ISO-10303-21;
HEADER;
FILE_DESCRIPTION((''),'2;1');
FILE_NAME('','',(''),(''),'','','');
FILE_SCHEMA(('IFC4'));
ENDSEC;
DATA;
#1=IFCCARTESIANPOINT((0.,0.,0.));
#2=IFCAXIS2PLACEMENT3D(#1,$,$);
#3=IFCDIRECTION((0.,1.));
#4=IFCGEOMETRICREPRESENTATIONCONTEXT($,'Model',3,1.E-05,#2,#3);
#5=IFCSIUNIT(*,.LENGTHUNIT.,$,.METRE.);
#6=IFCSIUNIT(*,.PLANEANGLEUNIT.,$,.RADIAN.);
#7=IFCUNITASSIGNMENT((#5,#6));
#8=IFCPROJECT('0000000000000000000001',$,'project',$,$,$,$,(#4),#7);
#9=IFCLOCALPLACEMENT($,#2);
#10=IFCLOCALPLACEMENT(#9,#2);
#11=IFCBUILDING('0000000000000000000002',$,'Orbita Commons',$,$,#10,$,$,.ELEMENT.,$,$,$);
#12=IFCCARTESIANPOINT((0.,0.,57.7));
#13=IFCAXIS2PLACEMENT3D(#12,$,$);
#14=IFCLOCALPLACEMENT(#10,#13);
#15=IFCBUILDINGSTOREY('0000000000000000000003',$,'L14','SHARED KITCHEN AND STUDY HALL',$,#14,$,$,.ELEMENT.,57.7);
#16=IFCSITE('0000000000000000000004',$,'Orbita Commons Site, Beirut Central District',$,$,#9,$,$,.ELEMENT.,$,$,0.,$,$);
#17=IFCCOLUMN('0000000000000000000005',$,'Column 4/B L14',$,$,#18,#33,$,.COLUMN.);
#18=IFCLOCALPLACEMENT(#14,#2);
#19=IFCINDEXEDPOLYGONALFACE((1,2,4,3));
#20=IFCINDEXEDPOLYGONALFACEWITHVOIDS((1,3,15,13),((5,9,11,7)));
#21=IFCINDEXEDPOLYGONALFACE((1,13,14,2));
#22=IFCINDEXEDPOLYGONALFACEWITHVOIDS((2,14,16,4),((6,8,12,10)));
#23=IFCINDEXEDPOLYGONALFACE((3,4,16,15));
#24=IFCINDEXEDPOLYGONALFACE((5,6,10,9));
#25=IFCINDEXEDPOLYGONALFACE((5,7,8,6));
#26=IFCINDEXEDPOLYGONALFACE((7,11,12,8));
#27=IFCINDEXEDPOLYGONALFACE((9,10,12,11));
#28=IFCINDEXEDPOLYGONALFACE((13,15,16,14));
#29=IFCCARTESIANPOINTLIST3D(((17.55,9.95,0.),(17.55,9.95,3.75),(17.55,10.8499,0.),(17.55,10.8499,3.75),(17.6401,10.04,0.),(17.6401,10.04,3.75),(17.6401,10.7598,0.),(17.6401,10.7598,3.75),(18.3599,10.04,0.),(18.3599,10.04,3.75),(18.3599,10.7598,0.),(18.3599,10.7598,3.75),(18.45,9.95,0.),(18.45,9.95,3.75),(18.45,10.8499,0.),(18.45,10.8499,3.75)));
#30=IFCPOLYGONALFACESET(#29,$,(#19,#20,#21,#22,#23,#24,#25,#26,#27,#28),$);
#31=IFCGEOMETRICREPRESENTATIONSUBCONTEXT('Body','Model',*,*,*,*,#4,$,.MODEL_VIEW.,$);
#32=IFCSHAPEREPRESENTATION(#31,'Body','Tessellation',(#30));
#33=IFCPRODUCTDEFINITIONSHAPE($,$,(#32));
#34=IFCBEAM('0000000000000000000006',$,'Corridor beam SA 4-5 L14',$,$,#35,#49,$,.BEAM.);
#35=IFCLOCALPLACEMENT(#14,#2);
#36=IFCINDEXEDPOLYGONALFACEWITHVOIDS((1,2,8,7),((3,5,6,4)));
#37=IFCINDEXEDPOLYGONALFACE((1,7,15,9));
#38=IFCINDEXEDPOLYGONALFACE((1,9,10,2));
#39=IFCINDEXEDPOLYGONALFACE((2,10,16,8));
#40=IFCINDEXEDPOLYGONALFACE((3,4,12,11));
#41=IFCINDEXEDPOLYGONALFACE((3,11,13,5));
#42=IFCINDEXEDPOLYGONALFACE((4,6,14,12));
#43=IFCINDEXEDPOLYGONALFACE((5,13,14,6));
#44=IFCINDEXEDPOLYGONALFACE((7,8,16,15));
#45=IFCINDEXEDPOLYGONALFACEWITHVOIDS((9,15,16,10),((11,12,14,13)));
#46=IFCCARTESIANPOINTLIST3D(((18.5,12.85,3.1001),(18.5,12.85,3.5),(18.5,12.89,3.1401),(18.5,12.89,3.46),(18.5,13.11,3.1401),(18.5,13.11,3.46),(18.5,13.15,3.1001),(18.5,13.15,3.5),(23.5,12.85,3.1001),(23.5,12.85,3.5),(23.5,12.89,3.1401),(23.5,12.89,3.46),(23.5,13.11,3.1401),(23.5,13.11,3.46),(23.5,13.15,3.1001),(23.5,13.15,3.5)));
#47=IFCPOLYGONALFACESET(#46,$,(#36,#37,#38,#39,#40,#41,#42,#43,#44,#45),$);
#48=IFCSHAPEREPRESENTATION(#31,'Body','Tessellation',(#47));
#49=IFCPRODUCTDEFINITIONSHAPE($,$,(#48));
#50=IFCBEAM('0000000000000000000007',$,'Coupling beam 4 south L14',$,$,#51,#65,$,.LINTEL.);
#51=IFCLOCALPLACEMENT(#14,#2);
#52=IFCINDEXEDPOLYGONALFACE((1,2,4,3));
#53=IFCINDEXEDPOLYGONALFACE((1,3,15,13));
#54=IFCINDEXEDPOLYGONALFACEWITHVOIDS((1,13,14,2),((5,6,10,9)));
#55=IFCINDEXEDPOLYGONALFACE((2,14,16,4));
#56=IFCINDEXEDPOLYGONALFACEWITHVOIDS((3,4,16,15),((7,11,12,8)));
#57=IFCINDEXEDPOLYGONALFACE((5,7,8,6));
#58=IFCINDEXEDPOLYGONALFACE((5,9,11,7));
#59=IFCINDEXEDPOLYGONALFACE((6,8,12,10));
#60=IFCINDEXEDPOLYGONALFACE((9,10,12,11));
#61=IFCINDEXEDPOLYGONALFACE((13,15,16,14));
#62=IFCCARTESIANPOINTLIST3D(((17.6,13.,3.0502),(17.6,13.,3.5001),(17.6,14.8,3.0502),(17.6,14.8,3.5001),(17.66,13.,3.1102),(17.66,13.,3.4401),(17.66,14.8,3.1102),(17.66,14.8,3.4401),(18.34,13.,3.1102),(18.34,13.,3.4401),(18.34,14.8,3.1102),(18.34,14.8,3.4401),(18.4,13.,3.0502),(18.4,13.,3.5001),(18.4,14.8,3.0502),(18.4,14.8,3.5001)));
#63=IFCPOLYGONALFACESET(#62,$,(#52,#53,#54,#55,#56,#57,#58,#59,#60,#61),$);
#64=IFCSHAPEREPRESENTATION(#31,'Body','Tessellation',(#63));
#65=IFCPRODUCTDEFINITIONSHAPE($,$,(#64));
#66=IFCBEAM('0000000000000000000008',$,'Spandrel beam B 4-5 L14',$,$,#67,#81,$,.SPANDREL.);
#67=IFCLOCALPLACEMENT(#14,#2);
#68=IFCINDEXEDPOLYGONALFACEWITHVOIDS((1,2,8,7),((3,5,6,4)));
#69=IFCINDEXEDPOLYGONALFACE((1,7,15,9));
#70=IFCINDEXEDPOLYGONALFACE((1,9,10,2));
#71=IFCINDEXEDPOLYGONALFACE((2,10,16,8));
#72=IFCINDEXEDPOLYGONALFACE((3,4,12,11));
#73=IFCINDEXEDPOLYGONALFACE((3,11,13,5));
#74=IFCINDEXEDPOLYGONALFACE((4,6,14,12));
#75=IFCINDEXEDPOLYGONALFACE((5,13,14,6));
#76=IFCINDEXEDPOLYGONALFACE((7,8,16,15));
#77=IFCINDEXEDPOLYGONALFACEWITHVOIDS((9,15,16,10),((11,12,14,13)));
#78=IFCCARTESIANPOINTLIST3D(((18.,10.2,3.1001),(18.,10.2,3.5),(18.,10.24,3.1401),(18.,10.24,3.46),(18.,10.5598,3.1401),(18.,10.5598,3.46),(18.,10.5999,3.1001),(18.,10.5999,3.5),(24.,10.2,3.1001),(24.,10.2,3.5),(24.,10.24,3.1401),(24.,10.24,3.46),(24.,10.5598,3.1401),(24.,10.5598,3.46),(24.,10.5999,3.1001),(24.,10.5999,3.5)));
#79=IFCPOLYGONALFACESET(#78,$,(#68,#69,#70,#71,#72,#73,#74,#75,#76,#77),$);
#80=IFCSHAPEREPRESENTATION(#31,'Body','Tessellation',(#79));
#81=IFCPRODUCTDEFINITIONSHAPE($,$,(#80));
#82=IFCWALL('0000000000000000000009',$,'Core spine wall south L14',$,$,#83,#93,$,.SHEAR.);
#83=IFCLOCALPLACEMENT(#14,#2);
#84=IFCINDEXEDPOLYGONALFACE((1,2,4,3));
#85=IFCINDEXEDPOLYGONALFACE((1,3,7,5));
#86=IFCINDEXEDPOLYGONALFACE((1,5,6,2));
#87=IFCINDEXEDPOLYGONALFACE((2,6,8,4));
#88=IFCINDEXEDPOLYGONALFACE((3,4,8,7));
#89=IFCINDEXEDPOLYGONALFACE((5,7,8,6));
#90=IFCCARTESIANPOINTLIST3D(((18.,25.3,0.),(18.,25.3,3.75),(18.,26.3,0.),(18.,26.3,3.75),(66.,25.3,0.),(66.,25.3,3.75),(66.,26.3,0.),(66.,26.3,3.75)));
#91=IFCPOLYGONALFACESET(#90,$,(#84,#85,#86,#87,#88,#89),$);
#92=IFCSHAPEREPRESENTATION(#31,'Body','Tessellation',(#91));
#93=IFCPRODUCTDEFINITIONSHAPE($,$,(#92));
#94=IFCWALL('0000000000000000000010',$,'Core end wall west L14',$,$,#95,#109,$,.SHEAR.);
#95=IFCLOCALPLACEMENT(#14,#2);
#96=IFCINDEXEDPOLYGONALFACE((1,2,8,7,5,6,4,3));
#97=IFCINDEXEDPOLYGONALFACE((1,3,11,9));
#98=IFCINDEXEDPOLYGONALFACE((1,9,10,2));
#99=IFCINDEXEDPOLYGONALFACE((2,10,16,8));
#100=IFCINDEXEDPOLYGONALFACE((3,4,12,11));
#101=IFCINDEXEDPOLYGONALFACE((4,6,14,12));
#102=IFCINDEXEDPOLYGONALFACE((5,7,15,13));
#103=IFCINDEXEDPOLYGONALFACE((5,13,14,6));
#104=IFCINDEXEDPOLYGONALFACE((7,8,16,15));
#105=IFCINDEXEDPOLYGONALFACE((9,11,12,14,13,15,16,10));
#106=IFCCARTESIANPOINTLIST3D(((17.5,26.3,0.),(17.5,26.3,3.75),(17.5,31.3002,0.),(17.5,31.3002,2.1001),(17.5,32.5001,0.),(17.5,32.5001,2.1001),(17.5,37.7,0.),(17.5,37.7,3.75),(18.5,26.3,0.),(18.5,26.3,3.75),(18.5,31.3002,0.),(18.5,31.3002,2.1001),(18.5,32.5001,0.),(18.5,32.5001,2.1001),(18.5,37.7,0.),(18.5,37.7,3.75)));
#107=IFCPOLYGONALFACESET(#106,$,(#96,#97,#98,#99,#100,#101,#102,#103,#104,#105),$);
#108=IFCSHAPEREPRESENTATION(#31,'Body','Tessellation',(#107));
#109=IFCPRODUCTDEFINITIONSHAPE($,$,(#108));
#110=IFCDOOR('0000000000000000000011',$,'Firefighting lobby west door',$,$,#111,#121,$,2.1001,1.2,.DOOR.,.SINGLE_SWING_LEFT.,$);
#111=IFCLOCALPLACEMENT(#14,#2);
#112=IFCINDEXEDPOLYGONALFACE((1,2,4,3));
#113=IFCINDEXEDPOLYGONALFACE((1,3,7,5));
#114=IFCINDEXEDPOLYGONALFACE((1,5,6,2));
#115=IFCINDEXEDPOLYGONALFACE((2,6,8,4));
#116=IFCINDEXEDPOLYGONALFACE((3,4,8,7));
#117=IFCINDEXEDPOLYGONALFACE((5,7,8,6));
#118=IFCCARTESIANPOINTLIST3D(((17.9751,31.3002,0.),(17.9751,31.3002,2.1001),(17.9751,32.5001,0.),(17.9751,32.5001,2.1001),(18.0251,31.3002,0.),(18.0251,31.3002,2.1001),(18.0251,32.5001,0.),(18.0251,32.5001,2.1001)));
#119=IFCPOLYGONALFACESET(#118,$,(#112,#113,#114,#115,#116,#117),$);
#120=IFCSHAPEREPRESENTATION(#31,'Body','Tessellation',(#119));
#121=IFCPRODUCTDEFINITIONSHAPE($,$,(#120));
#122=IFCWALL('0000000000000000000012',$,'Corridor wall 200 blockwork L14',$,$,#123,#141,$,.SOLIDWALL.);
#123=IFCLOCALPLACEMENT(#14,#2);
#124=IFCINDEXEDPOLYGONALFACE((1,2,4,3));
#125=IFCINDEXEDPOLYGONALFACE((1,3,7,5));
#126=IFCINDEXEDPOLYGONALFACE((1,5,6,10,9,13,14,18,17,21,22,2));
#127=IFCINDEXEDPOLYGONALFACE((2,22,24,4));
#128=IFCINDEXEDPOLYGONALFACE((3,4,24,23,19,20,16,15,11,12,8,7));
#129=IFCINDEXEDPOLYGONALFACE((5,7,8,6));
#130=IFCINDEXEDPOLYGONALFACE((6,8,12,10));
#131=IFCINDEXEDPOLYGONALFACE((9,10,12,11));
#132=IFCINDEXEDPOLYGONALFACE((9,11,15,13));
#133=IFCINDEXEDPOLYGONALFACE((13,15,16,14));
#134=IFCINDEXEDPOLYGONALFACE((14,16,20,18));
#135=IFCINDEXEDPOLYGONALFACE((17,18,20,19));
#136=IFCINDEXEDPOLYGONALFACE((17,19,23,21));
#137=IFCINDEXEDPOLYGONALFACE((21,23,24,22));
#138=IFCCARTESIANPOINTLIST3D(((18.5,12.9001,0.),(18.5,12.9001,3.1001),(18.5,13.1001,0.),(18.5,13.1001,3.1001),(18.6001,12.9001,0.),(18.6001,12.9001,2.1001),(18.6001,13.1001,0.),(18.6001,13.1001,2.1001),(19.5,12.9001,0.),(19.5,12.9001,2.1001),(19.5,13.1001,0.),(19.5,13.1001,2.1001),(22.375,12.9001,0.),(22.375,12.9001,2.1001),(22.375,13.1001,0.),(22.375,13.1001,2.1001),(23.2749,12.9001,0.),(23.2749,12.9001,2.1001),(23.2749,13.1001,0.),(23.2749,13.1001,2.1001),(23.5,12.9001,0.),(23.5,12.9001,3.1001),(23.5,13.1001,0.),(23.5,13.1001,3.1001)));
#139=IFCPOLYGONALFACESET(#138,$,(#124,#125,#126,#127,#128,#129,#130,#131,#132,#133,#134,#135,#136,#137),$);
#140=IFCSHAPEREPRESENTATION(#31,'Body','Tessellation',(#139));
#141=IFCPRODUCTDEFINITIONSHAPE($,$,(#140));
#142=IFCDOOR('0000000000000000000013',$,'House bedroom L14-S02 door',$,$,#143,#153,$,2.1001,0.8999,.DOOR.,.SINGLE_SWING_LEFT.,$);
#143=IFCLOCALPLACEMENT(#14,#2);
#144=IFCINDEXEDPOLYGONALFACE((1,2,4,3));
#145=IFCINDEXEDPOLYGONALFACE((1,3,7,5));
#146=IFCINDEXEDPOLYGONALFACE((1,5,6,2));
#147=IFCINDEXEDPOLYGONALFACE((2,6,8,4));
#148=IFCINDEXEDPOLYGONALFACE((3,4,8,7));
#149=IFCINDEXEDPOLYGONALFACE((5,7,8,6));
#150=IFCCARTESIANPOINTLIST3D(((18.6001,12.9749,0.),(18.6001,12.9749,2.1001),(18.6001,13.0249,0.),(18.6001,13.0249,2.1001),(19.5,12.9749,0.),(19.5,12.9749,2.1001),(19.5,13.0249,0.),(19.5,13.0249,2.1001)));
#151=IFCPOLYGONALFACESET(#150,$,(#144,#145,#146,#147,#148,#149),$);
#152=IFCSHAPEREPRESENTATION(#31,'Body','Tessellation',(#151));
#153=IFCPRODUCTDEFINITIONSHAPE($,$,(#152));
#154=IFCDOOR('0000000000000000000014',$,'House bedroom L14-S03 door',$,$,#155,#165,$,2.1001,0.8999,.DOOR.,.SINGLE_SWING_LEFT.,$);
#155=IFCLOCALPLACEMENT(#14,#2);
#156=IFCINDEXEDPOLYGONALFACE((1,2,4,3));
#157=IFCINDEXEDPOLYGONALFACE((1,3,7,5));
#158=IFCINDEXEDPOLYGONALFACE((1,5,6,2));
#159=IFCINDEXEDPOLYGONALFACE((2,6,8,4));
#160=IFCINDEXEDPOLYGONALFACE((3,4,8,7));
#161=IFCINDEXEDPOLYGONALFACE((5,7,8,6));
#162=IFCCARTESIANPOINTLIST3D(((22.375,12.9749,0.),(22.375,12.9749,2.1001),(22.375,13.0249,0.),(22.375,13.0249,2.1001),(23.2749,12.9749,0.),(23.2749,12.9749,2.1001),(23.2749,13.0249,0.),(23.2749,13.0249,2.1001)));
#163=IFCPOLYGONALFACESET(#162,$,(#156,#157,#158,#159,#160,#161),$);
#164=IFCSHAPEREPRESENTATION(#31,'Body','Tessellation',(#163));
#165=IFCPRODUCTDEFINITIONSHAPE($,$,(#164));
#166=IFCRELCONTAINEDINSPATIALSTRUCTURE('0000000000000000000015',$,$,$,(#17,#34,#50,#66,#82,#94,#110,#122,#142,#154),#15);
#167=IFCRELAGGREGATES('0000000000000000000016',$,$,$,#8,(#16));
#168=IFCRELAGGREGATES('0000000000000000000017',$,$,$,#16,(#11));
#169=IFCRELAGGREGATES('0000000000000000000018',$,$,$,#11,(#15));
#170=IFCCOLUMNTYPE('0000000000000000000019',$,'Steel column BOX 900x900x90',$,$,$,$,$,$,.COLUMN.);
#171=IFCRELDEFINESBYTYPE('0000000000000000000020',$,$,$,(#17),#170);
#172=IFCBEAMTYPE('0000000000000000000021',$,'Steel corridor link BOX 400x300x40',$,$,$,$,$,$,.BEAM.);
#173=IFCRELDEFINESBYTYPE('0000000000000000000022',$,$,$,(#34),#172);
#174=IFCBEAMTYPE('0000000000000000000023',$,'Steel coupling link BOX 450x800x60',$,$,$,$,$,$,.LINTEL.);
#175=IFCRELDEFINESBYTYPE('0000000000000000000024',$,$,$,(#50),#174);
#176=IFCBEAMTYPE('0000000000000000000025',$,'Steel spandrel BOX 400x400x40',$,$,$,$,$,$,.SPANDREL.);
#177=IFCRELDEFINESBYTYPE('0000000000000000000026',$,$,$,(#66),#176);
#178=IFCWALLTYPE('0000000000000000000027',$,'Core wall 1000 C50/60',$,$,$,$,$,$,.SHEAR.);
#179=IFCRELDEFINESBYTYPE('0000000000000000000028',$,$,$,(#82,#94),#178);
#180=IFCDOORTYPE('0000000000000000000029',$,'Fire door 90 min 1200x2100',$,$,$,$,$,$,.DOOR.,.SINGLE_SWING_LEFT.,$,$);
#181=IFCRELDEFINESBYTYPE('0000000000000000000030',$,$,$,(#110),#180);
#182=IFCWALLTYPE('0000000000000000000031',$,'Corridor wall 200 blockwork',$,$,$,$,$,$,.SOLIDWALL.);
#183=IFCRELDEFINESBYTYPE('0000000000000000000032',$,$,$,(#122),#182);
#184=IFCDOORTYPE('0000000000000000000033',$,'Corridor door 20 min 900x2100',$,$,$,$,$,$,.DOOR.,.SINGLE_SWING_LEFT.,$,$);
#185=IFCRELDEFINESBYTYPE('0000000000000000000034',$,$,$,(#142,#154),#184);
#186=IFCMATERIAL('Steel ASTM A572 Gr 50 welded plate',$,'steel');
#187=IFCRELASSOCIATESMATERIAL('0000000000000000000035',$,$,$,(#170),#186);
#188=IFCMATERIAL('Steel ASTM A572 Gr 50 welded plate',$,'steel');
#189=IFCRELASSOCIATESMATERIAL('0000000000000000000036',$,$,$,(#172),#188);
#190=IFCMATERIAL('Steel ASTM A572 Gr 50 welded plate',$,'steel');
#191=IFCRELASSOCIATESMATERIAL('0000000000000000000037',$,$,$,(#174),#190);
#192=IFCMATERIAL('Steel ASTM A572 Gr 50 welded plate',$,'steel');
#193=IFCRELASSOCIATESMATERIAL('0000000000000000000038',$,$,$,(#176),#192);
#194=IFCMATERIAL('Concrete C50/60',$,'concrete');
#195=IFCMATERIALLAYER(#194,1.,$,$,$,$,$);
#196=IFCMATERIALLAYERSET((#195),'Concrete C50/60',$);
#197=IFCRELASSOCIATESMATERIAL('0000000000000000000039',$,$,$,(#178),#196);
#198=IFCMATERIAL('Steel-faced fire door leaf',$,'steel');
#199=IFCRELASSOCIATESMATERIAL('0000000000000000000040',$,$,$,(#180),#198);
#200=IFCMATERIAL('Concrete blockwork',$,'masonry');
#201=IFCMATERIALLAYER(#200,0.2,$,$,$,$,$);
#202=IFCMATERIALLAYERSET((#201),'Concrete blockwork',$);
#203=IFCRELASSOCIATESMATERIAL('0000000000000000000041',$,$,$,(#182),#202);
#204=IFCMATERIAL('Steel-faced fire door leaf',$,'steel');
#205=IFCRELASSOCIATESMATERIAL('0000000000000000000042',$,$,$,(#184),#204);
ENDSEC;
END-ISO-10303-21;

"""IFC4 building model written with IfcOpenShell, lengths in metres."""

from ifc_helpers import new_model, si_unit, direction, frame, frame_2d, origin, origin_2d, place, context, subcontext, project, spatial, polyline, rectangle, hollow_rectangle, outline, extrude, material, layer, layer_set, material_profile, profile_set, type_object, element, fill, save


model = new_model("IFC4")

# Units and contexts
model_context = context("Model", 3, precision=1e-05, world=origin(), true_north=direction((0.0, 1.0)))
body_context = subcontext(model_context, "Body", "Model", "MODEL_VIEW")
ifc_project = project(units=[si_unit("LENGTHUNIT", "METRE"), si_unit("PLANEANGLEUNIT", "RADIAN")], contexts=[model_context])

# Site, building, storey
site_placement = place(None, origin())
site = spatial("IfcSite", under=ifc_project, at=site_placement, Name="Orbita Commons Site, Beirut Central District", CompositionType="ELEMENT", RefElevation=0.0)
building_placement = place(site_placement, origin())
building = spatial("IfcBuilding", under=site, at=building_placement, Name="Orbita Commons", CompositionType="ELEMENT")
storey_placement = place(building_placement, frame((0.0, 0.0, 57.7)))
storey = spatial("IfcBuildingStorey", under=building, at=storey_placement, Name="L14", Description="SHARED KITCHEN AND STUDY HALL", CompositionType="ELEMENT", Elevation=57.7)

# Column
ifc_material_1 = material(Name="Steel ASTM A572 Gr 50 welded plate", Category="steel")
ifc_material_profile_1 = material_profile(ifc_material_1, hollow_rectangle(XDim=0.8999, YDim=0.8999, WallThickness=0.0901, at=origin_2d()), Name="BOX 900x900x90")
ifc_profile_set_1 = profile_set([ifc_material_profile_1], Name="Steel ASTM A572 Gr 50 welded plate")
column_type = type_object("IfcColumnType", Name="Steel column BOX 900x900x90", PredefinedType="COLUMN", material=ifc_profile_set_1)
column_placement = place(storey_placement, frame((18.0, 10.3999, 0.0), z_axis=(0.0, 0.0, 1.0), x_axis=(1.0, 0.0, 0.0)))
element("IfcColumn", 1, at=column_placement, inside=storey, type_object=column_type, Name="Column 4/B L14", PredefinedType="COLUMN", context=body_context, shape_type="SweptSolid", body=[
    extrude(hollow_rectangle(XDim=0.8999, YDim=0.8999, WallThickness=0.0901, at=origin_2d()), origin(), (0.0, 0.0, 1.0), 3.75),
])

# Beams
ifc_material_2 = material(Name="Steel ASTM A572 Gr 50 welded plate", Category="steel")
ifc_material_profile_2 = material_profile(ifc_material_2, hollow_rectangle(XDim=0.3, YDim=0.3999, WallThickness=0.04, at=origin_2d()), Name="BOX 400x300x40")
ifc_profile_set_2 = profile_set([ifc_material_profile_2], Name="Steel ASTM A572 Gr 50 welded plate")
beam_type_1 = type_object("IfcBeamType", Name="Steel corridor link BOX 400x300x40", PredefinedType="BEAM", material=ifc_profile_set_2)
beam_1_placement = place(storey_placement, frame((18.5, 13.0, 3.3), z_axis=(1.0, 0.0, 0.0), x_axis=(0.0, 1.0, 0.0)))
element("IfcBeam", 2, at=beam_1_placement, inside=storey, type_object=beam_type_1, Name="Corridor beam SA 4-5 L14", PredefinedType="BEAM", context=body_context, shape_type="SweptSolid", body=[
    extrude(hollow_rectangle(XDim=0.3, YDim=0.3999, WallThickness=0.04, at=origin_2d()), origin(), (0.0, 0.0, 1.0), 5.0),
])
ifc_material_3 = material(Name="Steel ASTM A572 Gr 50 welded plate", Category="steel")
ifc_material_profile_3 = material_profile(ifc_material_3, hollow_rectangle(XDim=0.8, YDim=0.45, WallThickness=0.0601, at=origin_2d()), Name="BOX 450x800x60")
ifc_profile_set_3 = profile_set([ifc_material_profile_3], Name="Steel ASTM A572 Gr 50 welded plate")
beam_type_2 = type_object("IfcBeamType", Name="Steel coupling link BOX 450x800x60", PredefinedType="LINTEL", material=ifc_profile_set_3)
beam_2_placement = place(storey_placement, frame((18.0, 13.0, 3.2751), z_axis=(0.0, 1.0, 0.0), x_axis=(-1.0, 0.0, 0.0)))
element("IfcBeam", 3, at=beam_2_placement, inside=storey, type_object=beam_type_2, Name="Coupling beam 4 south L14", PredefinedType="LINTEL", context=body_context, shape_type="SweptSolid", body=[
    extrude(hollow_rectangle(XDim=0.8, YDim=0.45, WallThickness=0.0601, at=origin_2d()), origin(), (0.0, 0.0, 1.0), 1.8),
])
ifc_material_4 = material(Name="Steel ASTM A572 Gr 50 welded plate", Category="steel")
ifc_material_profile_4 = material_profile(ifc_material_4, hollow_rectangle(XDim=0.3999, YDim=0.3999, WallThickness=0.04, at=origin_2d()), Name="BOX 400x400x40")
ifc_profile_set_4 = profile_set([ifc_material_profile_4], Name="Steel ASTM A572 Gr 50 welded plate")
beam_type_3 = type_object("IfcBeamType", Name="Steel spandrel BOX 400x400x40", PredefinedType="SPANDREL", material=ifc_profile_set_4)
beam_3_placement = place(storey_placement, frame((18.0, 10.3999, 3.3), z_axis=(1.0, 0.0, 0.0), x_axis=(0.0, 1.0, 0.0)))
element("IfcBeam", 4, at=beam_3_placement, inside=storey, type_object=beam_type_3, Name="Spandrel beam B 4-5 L14", PredefinedType="SPANDREL", context=body_context, shape_type="SweptSolid", body=[
    extrude(hollow_rectangle(XDim=0.3999, YDim=0.3999, WallThickness=0.04, at=origin_2d()), origin(), (0.0, 0.0, 1.0), 6.0),
])

# Wall
ifc_material_5 = material(Name="Concrete C50/60", Category="concrete")
ifc_layer_1 = layer(ifc_material_5, 1.0)
ifc_layer_set_1 = layer_set([ifc_layer_1], Name="Concrete C50/60")
wall_type_1 = type_object("IfcWallType", Name="Core wall 1000 C50/60", PredefinedType="SHEAR", material=ifc_layer_set_1)
wall_1_placement = place(storey_placement, frame((18.0, 25.8, 0.0), z_axis=(0.0, 0.0, 1.0), x_axis=(1.0, 0.0, 0.0)))
element("IfcWall", 5, at=wall_1_placement, inside=storey, type_object=wall_type_1, Name="Core spine wall south L14", PredefinedType="SHEAR", context=body_context, shape_type="SweptSolid", body=[
    extrude(rectangle(XDim=48.0, YDim=1.0, at=frame_2d((24.0, 0.0))), origin(), (0.0, 0.0, 1.0), 3.75),
])

# Wall, opening, door
wall_2_placement = place(storey_placement, frame((18.0, 26.3, 0.0), z_axis=(0.0, 0.0, 1.0), x_axis=(0.0, 1.0, 0.0)))
wall_2 = element("IfcWall", 6, at=wall_2_placement, inside=storey, type_object=wall_type_1, Name="Core end wall west L14", PredefinedType="SHEAR", context=body_context, shape_type="SweptSolid", body=[
    extrude(rectangle(XDim=11.3999, YDim=1.0, at=frame_2d((5.7, 0.0))), origin(), (0.0, 0.0, 1.0), 3.75),
])
opening_1_placement = place(wall_2_placement, frame((5.0, 0.0, 0.0)))
opening_1 = element("IfcOpeningElement", 7, at=opening_1_placement, cuts=wall_2, PredefinedType="OPENING", context=body_context, shape_type="SweptSolid", body=[
    extrude(rectangle(XDim=1.2, YDim=2.1001, at=frame_2d((0.6001, 1.05))), frame((0.0, 0.51, 0.0), z_axis=(0.0, -1.0, 0.0), x_axis=(1.0, 0.0, 0.0)), (0.0, 0.0, 1.0), 1.02),
])
ifc_material_6 = material(Name="Steel-faced fire door leaf", Category="steel")
door_type_1 = type_object("IfcDoorType", Name="Fire door 90 min 1200x2100", OperationType="SINGLE_SWING_LEFT", PredefinedType="DOOR", material=ifc_material_6)
door_1_placement = place(opening_1_placement, origin())
door_1 = element("IfcDoor", 8, at=door_1_placement, inside=storey, type_object=door_type_1, Name="Firefighting lobby west door", OperationType="SINGLE_SWING_LEFT", OverallHeight=2.1001, OverallWidth=1.2, PredefinedType="DOOR", context=body_context, shape_type="SweptSolid", body=[
    extrude(rectangle(XDim=1.2, YDim=2.1001, at=frame_2d((0.6001, 1.05))), frame((0.0, 0.0249, 0.0), z_axis=(0.0, -1.0, 0.0), x_axis=(1.0, 0.0, 0.0)), (0.0, 0.0, 1.0), 0.05),
])
fill(opening_1, door_1)

# Wall, openings, doors
ifc_material_7 = material(Name="Concrete blockwork", Category="masonry")
ifc_layer_2 = layer(ifc_material_7, 0.2)
ifc_layer_set_2 = layer_set([ifc_layer_2], Name="Concrete blockwork")
wall_type_2 = type_object("IfcWallType", Name="Corridor wall 200 blockwork", PredefinedType="SOLIDWALL", material=ifc_layer_set_2)
wall_3_placement = place(storey_placement, frame((18.5, 13.0, 0.0), z_axis=(0.0, 0.0, 1.0), x_axis=(1.0, 0.0, 0.0)))
wall_3 = element("IfcWall", 9, at=wall_3_placement, inside=storey, type_object=wall_type_2, Name="Corridor wall 200 blockwork L14", PredefinedType="SOLIDWALL", context=body_context, shape_type="SweptSolid", body=[
    extrude(outline(polyline([(0.0, 0.0), (5.0, 0.0), (5.0, 3.1001), (0.0, 3.1001), (0.0, 0.0)])), frame((0.0, 0.1001, 0.0), z_axis=(0.0, -1.0, 0.0), x_axis=(1.0, 0.0, 0.0)), (0.0, 0.0, 1.0), 0.2),
])
opening_2_placement = place(wall_3_placement, frame((0.1001, 0.0, 0.0)))
opening_2 = element("IfcOpeningElement", 10, at=opening_2_placement, cuts=wall_3, PredefinedType="OPENING", context=body_context, shape_type="SweptSolid", body=[
    extrude(rectangle(XDim=0.8999, YDim=2.1001, at=frame_2d((0.45, 1.05))), frame((0.0, 0.1099, 0.0), z_axis=(0.0, -1.0, 0.0), x_axis=(1.0, 0.0, 0.0)), (0.0, 0.0, 1.0), 0.22),
])
opening_3_placement = place(wall_3_placement, frame((3.875, 0.0, 0.0)))
opening_3 = element("IfcOpeningElement", 11, at=opening_3_placement, cuts=wall_3, PredefinedType="OPENING", context=body_context, shape_type="SweptSolid", body=[
    extrude(rectangle(XDim=0.8999, YDim=2.1001, at=frame_2d((0.45, 1.05))), frame((0.0, 0.1099, 0.0), z_axis=(0.0, -1.0, 0.0), x_axis=(1.0, 0.0, 0.0)), (0.0, 0.0, 1.0), 0.22),
])
ifc_material_8 = material(Name="Steel-faced fire door leaf", Category="steel")
door_type_2 = type_object("IfcDoorType", Name="Corridor door 20 min 900x2100", OperationType="SINGLE_SWING_LEFT", PredefinedType="DOOR", material=ifc_material_8)
door_2_placement = place(opening_2_placement, origin())
door_2 = element("IfcDoor", 12, at=door_2_placement, inside=storey, type_object=door_type_2, Name="House bedroom L14-S02 door", OperationType="SINGLE_SWING_LEFT", OverallHeight=2.1001, OverallWidth=0.8999, PredefinedType="DOOR", context=body_context, shape_type="SweptSolid", body=[
    extrude(rectangle(XDim=0.8999, YDim=2.1001, at=frame_2d((0.45, 1.05))), frame((0.0, 0.0249, 0.0), z_axis=(0.0, -1.0, 0.0), x_axis=(1.0, 0.0, 0.0)), (0.0, 0.0, 1.0), 0.05),
])
fill(opening_2, door_2)
door_3_placement = place(opening_3_placement, origin())
door_3 = element("IfcDoor", 13, at=door_3_placement, inside=storey, type_object=door_type_2, Name="House bedroom L14-S03 door", OperationType="SINGLE_SWING_LEFT", OverallHeight=2.1001, OverallWidth=0.8999, PredefinedType="DOOR", context=body_context, shape_type="SweptSolid", body=[
    extrude(rectangle(XDim=0.8999, YDim=2.1001, at=frame_2d((0.45, 1.05))), frame((0.0, 0.0249, 0.0), z_axis=(0.0, -1.0, 0.0), x_axis=(1.0, 0.0, 0.0)), (0.0, 0.0, 1.0), 0.05),
])
fill(opening_3, door_3)

save(model, "model.ifc")
